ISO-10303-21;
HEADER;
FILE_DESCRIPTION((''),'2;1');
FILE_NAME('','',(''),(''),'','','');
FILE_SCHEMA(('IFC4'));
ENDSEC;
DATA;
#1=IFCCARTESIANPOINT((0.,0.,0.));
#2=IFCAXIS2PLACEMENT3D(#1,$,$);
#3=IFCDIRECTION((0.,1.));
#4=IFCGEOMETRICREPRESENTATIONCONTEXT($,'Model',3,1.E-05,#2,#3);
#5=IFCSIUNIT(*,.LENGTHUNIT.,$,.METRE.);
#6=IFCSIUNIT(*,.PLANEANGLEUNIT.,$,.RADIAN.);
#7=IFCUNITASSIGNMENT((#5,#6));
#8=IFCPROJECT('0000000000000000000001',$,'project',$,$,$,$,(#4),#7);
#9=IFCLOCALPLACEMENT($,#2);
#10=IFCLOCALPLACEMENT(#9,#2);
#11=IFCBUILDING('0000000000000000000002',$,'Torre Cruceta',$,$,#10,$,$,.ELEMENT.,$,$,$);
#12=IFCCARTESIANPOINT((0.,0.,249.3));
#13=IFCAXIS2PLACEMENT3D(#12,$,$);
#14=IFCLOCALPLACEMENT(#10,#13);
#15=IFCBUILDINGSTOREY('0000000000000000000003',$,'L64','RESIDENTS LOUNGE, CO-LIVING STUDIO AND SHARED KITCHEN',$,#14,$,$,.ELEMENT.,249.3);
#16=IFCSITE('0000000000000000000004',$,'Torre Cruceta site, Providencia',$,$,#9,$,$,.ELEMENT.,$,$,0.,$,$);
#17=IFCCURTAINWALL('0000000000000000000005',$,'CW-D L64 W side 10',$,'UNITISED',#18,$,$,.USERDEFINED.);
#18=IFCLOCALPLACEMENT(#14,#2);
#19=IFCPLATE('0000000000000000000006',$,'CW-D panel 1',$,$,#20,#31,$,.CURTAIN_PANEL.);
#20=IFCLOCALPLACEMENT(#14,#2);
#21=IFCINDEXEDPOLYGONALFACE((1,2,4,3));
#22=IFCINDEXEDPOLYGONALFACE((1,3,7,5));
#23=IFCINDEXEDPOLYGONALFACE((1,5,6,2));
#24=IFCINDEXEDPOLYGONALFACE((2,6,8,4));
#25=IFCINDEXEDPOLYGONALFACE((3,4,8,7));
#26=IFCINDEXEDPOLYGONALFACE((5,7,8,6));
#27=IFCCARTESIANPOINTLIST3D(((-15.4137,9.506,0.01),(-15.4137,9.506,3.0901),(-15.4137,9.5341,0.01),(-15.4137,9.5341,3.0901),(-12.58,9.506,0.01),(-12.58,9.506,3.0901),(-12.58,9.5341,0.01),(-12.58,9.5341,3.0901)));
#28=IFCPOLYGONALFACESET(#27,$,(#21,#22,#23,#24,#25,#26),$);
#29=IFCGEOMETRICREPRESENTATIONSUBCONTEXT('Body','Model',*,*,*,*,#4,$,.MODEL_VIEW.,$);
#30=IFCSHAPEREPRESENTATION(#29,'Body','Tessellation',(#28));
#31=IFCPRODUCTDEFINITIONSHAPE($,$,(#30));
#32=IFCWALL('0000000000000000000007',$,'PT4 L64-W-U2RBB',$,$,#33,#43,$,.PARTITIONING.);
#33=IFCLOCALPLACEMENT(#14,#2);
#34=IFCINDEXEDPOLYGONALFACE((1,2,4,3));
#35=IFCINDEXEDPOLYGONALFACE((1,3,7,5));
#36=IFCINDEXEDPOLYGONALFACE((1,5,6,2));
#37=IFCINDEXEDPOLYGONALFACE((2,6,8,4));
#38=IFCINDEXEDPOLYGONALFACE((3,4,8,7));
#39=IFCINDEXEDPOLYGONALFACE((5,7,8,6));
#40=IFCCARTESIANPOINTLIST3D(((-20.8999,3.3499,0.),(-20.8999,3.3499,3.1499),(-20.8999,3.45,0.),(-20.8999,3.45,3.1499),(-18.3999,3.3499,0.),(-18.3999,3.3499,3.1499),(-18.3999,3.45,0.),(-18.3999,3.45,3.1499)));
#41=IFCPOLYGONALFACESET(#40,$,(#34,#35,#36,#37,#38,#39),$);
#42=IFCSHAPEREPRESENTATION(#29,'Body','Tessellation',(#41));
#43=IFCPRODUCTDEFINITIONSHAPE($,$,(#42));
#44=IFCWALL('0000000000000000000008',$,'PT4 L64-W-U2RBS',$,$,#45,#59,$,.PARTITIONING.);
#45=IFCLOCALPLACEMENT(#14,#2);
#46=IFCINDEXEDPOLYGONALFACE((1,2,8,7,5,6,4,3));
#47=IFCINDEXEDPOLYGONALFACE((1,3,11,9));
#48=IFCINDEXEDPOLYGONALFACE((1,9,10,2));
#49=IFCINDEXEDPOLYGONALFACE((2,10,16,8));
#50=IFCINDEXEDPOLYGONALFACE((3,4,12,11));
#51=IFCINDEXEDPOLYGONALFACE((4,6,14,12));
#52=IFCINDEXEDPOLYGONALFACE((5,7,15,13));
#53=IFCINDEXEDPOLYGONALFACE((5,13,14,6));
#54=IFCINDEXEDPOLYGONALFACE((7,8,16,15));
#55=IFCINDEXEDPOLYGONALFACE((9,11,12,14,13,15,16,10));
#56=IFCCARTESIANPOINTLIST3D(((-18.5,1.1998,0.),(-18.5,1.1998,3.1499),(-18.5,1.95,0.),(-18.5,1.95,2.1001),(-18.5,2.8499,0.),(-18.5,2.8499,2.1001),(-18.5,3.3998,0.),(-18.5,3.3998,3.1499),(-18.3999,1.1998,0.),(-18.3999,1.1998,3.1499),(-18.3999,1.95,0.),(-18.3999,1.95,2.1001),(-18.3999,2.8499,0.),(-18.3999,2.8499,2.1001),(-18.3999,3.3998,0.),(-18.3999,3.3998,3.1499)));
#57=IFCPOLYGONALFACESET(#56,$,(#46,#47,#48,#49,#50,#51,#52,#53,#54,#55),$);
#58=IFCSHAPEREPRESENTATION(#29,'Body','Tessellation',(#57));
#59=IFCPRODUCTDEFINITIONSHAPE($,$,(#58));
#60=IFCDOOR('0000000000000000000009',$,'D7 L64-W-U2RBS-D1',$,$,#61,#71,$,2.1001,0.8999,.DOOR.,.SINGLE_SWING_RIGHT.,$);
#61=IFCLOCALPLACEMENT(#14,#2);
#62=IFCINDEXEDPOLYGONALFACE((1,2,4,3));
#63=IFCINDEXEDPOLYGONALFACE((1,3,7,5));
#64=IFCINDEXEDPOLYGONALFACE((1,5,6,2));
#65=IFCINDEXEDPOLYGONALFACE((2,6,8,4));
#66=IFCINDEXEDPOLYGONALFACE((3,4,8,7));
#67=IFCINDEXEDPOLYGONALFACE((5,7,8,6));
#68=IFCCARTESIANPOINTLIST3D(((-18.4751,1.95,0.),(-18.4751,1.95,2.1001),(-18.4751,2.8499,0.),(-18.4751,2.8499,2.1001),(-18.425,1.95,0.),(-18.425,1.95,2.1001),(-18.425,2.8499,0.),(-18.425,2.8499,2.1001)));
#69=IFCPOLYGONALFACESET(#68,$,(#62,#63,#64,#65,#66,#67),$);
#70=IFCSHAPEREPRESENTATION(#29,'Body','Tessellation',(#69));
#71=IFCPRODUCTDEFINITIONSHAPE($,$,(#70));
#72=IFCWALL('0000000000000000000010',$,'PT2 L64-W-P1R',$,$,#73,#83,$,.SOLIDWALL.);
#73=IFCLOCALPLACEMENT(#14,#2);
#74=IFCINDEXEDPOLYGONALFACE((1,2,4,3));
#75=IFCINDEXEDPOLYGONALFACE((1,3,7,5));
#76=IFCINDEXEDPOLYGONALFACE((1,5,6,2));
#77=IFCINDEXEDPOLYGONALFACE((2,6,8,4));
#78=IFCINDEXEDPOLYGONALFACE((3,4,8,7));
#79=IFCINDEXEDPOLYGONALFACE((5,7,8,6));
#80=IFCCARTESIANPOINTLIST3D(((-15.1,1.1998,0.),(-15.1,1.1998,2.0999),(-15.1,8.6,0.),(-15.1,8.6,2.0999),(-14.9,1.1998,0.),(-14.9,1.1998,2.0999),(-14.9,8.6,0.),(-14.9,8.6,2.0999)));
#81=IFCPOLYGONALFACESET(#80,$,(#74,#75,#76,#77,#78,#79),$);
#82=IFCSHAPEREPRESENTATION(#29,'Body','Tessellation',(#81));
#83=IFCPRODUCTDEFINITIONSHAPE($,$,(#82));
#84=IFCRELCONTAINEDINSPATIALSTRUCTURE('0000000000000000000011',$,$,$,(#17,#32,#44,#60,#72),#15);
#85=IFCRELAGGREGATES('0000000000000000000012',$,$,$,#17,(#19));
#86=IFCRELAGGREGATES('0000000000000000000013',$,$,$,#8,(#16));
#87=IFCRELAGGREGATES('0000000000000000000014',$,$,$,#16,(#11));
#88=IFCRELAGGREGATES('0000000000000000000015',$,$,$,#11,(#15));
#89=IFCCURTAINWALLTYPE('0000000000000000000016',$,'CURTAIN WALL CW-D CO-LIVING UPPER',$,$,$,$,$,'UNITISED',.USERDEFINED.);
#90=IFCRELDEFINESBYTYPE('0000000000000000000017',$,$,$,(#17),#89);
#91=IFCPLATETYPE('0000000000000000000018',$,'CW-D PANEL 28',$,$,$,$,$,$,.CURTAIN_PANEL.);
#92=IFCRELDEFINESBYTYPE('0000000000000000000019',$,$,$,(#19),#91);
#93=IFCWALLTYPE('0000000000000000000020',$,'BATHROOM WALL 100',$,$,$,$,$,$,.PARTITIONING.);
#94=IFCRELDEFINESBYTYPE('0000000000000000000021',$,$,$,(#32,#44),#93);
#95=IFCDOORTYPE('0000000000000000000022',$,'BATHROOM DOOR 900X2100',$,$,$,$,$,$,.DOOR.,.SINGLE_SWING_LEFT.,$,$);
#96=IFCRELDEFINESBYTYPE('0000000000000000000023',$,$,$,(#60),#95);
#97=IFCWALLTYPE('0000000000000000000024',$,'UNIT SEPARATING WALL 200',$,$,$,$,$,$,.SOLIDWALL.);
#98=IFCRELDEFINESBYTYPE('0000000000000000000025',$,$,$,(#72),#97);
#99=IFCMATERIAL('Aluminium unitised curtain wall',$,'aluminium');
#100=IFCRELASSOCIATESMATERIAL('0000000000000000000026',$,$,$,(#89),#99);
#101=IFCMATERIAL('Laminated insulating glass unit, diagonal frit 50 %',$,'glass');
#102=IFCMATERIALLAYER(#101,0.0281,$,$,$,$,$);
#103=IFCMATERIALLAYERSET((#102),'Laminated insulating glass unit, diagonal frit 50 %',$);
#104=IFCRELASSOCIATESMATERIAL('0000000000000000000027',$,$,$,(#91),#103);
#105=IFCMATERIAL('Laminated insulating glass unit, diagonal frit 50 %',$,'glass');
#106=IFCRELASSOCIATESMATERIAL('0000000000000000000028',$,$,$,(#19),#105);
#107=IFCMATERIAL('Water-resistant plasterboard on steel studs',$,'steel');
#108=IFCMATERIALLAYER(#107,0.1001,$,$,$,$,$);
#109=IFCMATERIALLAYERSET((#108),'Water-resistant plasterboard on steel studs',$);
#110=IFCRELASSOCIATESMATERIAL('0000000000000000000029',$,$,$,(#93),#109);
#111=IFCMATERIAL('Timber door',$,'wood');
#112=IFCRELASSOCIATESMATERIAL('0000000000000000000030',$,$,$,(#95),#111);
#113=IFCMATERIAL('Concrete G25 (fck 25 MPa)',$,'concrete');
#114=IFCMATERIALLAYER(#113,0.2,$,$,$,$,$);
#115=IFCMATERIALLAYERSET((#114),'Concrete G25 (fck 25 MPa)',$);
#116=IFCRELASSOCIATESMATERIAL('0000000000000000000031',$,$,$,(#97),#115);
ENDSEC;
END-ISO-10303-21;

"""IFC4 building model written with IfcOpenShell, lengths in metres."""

from ifc_helpers import new_model, si_unit, direction, frame, frame_2d, origin, origin_2d, place, context, subcontext, project, spatial, rectangle, extrude, material, layer, layer_set, type_object, element, fill, aggregate, save


model = new_model("IFC4")

# Units and contexts
model_context = context("Model", 3, precision=1e-05, world=origin(), true_north=direction((0.0, 1.0)))
body_context = subcontext(model_context, "Body", "Model", "MODEL_VIEW")
ifc_project = project(units=[si_unit("LENGTHUNIT", "METRE"), si_unit("PLANEANGLEUNIT", "RADIAN")], contexts=[model_context])

# Site, building, storey
site_placement = place(None, origin())
site = spatial("IfcSite", under=ifc_project, at=site_placement, Name="Torre Cruceta site, Providencia", CompositionType="ELEMENT", RefElevation=0.0)
building_placement = place(site_placement, origin())
building = spatial("IfcBuilding", under=site, at=building_placement, Name="Torre Cruceta", CompositionType="ELEMENT")
storey_placement = place(building_placement, frame((0.0, 0.0, 249.3)))
storey = spatial("IfcBuildingStorey", under=building, at=storey_placement, Name="L64", Description="RESIDENTS LOUNGE, CO-LIVING STUDIO AND SHARED KITCHEN", CompositionType="ELEMENT", Elevation=249.3)

# Curtain wall, plate
ifc_material_1 = material(Name="Aluminium unitised curtain wall", Category="aluminium")
curtain_wall_type = type_object("IfcCurtainWallType", Name="CURTAIN WALL CW-D CO-LIVING UPPER", ElementType="UNITISED", PredefinedType="USERDEFINED", material=ifc_material_1)
curtain_wall_placement = place(storey_placement, origin())
curtain_wall = element("IfcCurtainWall", 1, at=curtain_wall_placement, inside=storey, type_object=curtain_wall_type, Name="CW-D L64 W side 10", ObjectType="UNITISED", PredefinedType="USERDEFINED")
ifc_material_2 = material(Name="Laminated insulating glass unit, diagonal frit 50 %", Category="glass")
ifc_material_3 = material(Name="Laminated insulating glass unit, diagonal frit 50 %", Category="glass")
ifc_layer_1 = layer(ifc_material_3, 0.0281)
ifc_layer_set_1 = layer_set([ifc_layer_1], Name="Laminated insulating glass unit, diagonal frit 50 %")
plate_type_1 = type_object("IfcPlateType", Name="CW-D PANEL 28", PredefinedType="CURTAIN_PANEL", material=ifc_layer_set_1)
plate_1_placement = place(storey_placement, frame((-13.9968, 9.52, 0.01), z_axis=(0.0, 0.0, 1.0), x_axis=(-1.0, 0.0, 0.0)))
plate_1 = element("IfcPlate", 2, at=plate_1_placement, type_object=plate_type_1, material=ifc_material_2, Name="CW-D panel 1", PredefinedType="CURTAIN_PANEL", context=body_context, shape_type="SweptSolid", body=[
    extrude(rectangle(XDim=2.8337, YDim=0.0281, at=origin_2d()), origin(), (0.0, 0.0, 1.0), 3.0801),
])
aggregate(curtain_wall, [plate_1])

# Wall
ifc_material_4 = material(Name="Water-resistant plasterboard on steel studs", Category="steel")
ifc_layer_2 = layer(ifc_material_4, 0.1001)
ifc_layer_set_2 = layer_set([ifc_layer_2], Name="Water-resistant plasterboard on steel studs")
wall_type_1 = type_object("IfcWallType", Name="BATHROOM WALL 100", PredefinedType="PARTITIONING", material=ifc_layer_set_2)
wall_1_placement = place(storey_placement, frame((-18.3999, 3.3999, 0.0), z_axis=(0.0, 0.0, 1.0), x_axis=(-1.0, 0.0, 0.0)))
element("IfcWall", 3, at=wall_1_placement, inside=storey, type_object=wall_type_1, Name="PT4 L64-W-U2RBB", PredefinedType="PARTITIONING", context=body_context, shape_type="SweptSolid", body=[
    extrude(rectangle(XDim=2.5, YDim=0.1001, at=frame_2d((1.25, 0.0))), origin(), (0.0, 0.0, 1.0), 3.1499),
])

# Wall, opening, door
wall_2_placement = place(storey_placement, frame((-18.45, 3.3999, 0.0), z_axis=(0.0, 0.0, 1.0), x_axis=(0.0, -1.0, 0.0)))
wall_2 = element("IfcWall", 4, at=wall_2_placement, inside=storey, type_object=wall_type_1, Name="PT4 L64-W-U2RBS", PredefinedType="PARTITIONING", context=body_context, shape_type="SweptSolid", body=[
    extrude(rectangle(XDim=2.2, YDim=0.1001, at=frame_2d((1.1001, 0.0))), origin(), (0.0, 0.0, 1.0), 3.1499),
])
opening_1_placement = place(wall_2_placement, frame((0.55, 0.0, 0.0)))
opening_1 = element("IfcOpeningElement", 5, at=opening_1_placement, cuts=wall_2, PredefinedType="OPENING", context=body_context, shape_type="SweptSolid", body=[
    extrude(rectangle(XDim=0.8999, YDim=2.1001, at=frame_2d((0.45, 1.05))), frame((0.0, 0.0601, 0.0), z_axis=(0.0, -1.0, 0.0), x_axis=(1.0, 0.0, 0.0)), (0.0, 0.0, 1.0), 0.1201),
])
ifc_material_5 = material(Name="Timber door", Category="wood")
door_type_1 = type_object("IfcDoorType", Name="BATHROOM DOOR 900X2100", OperationType="SINGLE_SWING_LEFT", PredefinedType="DOOR", material=ifc_material_5)
door_1_placement = place(opening_1_placement, frame((0.8999, 0.0, 0.0), z_axis=(0.0, 0.0, 1.0), x_axis=(-1.0, 0.0, 0.0)))
door_1 = element("IfcDoor", 6, at=door_1_placement, inside=storey, type_object=door_type_1, Name="D7 L64-W-U2RBS-D1", OperationType="SINGLE_SWING_RIGHT", OverallHeight=2.1001, OverallWidth=0.8999, PredefinedType="DOOR", context=body_context, shape_type="SweptSolid", body=[
    extrude(rectangle(XDim=0.8999, YDim=2.1001, at=frame_2d((0.45, 1.05))), frame((0.0, 0.0251, 0.0), z_axis=(0.0, -1.0, 0.0), x_axis=(1.0, 0.0, 0.0)), (0.0, 0.0, 1.0), 0.05),
])
fill(opening_1, door_1)

# Wall
ifc_material_6 = material(Name="Concrete G25 (fck 25 MPa)", Category="concrete")
ifc_layer_3 = layer(ifc_material_6, 0.2)
ifc_layer_set_3 = layer_set([ifc_layer_3], Name="Concrete G25 (fck 25 MPa)")
wall_type_2 = type_object("IfcWallType", Name="UNIT SEPARATING WALL 200", PredefinedType="SOLIDWALL", material=ifc_layer_set_3)
wall_3_placement = place(storey_placement, frame((-15.0, 8.6001, 0.0), z_axis=(0.0, 0.0, 1.0), x_axis=(0.0, -1.0, 0.0)))
element("IfcWall", 7, at=wall_3_placement, inside=storey, type_object=wall_type_2, Name="PT2 L64-W-P1R", PredefinedType="SOLIDWALL", context=body_context, shape_type="SweptSolid", body=[
    extrude(rectangle(XDim=7.4001, YDim=0.2, at=frame_2d((3.7002, 0.0))), origin(), (0.0, 0.0, 1.0), 2.0999),
])

save(model, "model.ifc")
